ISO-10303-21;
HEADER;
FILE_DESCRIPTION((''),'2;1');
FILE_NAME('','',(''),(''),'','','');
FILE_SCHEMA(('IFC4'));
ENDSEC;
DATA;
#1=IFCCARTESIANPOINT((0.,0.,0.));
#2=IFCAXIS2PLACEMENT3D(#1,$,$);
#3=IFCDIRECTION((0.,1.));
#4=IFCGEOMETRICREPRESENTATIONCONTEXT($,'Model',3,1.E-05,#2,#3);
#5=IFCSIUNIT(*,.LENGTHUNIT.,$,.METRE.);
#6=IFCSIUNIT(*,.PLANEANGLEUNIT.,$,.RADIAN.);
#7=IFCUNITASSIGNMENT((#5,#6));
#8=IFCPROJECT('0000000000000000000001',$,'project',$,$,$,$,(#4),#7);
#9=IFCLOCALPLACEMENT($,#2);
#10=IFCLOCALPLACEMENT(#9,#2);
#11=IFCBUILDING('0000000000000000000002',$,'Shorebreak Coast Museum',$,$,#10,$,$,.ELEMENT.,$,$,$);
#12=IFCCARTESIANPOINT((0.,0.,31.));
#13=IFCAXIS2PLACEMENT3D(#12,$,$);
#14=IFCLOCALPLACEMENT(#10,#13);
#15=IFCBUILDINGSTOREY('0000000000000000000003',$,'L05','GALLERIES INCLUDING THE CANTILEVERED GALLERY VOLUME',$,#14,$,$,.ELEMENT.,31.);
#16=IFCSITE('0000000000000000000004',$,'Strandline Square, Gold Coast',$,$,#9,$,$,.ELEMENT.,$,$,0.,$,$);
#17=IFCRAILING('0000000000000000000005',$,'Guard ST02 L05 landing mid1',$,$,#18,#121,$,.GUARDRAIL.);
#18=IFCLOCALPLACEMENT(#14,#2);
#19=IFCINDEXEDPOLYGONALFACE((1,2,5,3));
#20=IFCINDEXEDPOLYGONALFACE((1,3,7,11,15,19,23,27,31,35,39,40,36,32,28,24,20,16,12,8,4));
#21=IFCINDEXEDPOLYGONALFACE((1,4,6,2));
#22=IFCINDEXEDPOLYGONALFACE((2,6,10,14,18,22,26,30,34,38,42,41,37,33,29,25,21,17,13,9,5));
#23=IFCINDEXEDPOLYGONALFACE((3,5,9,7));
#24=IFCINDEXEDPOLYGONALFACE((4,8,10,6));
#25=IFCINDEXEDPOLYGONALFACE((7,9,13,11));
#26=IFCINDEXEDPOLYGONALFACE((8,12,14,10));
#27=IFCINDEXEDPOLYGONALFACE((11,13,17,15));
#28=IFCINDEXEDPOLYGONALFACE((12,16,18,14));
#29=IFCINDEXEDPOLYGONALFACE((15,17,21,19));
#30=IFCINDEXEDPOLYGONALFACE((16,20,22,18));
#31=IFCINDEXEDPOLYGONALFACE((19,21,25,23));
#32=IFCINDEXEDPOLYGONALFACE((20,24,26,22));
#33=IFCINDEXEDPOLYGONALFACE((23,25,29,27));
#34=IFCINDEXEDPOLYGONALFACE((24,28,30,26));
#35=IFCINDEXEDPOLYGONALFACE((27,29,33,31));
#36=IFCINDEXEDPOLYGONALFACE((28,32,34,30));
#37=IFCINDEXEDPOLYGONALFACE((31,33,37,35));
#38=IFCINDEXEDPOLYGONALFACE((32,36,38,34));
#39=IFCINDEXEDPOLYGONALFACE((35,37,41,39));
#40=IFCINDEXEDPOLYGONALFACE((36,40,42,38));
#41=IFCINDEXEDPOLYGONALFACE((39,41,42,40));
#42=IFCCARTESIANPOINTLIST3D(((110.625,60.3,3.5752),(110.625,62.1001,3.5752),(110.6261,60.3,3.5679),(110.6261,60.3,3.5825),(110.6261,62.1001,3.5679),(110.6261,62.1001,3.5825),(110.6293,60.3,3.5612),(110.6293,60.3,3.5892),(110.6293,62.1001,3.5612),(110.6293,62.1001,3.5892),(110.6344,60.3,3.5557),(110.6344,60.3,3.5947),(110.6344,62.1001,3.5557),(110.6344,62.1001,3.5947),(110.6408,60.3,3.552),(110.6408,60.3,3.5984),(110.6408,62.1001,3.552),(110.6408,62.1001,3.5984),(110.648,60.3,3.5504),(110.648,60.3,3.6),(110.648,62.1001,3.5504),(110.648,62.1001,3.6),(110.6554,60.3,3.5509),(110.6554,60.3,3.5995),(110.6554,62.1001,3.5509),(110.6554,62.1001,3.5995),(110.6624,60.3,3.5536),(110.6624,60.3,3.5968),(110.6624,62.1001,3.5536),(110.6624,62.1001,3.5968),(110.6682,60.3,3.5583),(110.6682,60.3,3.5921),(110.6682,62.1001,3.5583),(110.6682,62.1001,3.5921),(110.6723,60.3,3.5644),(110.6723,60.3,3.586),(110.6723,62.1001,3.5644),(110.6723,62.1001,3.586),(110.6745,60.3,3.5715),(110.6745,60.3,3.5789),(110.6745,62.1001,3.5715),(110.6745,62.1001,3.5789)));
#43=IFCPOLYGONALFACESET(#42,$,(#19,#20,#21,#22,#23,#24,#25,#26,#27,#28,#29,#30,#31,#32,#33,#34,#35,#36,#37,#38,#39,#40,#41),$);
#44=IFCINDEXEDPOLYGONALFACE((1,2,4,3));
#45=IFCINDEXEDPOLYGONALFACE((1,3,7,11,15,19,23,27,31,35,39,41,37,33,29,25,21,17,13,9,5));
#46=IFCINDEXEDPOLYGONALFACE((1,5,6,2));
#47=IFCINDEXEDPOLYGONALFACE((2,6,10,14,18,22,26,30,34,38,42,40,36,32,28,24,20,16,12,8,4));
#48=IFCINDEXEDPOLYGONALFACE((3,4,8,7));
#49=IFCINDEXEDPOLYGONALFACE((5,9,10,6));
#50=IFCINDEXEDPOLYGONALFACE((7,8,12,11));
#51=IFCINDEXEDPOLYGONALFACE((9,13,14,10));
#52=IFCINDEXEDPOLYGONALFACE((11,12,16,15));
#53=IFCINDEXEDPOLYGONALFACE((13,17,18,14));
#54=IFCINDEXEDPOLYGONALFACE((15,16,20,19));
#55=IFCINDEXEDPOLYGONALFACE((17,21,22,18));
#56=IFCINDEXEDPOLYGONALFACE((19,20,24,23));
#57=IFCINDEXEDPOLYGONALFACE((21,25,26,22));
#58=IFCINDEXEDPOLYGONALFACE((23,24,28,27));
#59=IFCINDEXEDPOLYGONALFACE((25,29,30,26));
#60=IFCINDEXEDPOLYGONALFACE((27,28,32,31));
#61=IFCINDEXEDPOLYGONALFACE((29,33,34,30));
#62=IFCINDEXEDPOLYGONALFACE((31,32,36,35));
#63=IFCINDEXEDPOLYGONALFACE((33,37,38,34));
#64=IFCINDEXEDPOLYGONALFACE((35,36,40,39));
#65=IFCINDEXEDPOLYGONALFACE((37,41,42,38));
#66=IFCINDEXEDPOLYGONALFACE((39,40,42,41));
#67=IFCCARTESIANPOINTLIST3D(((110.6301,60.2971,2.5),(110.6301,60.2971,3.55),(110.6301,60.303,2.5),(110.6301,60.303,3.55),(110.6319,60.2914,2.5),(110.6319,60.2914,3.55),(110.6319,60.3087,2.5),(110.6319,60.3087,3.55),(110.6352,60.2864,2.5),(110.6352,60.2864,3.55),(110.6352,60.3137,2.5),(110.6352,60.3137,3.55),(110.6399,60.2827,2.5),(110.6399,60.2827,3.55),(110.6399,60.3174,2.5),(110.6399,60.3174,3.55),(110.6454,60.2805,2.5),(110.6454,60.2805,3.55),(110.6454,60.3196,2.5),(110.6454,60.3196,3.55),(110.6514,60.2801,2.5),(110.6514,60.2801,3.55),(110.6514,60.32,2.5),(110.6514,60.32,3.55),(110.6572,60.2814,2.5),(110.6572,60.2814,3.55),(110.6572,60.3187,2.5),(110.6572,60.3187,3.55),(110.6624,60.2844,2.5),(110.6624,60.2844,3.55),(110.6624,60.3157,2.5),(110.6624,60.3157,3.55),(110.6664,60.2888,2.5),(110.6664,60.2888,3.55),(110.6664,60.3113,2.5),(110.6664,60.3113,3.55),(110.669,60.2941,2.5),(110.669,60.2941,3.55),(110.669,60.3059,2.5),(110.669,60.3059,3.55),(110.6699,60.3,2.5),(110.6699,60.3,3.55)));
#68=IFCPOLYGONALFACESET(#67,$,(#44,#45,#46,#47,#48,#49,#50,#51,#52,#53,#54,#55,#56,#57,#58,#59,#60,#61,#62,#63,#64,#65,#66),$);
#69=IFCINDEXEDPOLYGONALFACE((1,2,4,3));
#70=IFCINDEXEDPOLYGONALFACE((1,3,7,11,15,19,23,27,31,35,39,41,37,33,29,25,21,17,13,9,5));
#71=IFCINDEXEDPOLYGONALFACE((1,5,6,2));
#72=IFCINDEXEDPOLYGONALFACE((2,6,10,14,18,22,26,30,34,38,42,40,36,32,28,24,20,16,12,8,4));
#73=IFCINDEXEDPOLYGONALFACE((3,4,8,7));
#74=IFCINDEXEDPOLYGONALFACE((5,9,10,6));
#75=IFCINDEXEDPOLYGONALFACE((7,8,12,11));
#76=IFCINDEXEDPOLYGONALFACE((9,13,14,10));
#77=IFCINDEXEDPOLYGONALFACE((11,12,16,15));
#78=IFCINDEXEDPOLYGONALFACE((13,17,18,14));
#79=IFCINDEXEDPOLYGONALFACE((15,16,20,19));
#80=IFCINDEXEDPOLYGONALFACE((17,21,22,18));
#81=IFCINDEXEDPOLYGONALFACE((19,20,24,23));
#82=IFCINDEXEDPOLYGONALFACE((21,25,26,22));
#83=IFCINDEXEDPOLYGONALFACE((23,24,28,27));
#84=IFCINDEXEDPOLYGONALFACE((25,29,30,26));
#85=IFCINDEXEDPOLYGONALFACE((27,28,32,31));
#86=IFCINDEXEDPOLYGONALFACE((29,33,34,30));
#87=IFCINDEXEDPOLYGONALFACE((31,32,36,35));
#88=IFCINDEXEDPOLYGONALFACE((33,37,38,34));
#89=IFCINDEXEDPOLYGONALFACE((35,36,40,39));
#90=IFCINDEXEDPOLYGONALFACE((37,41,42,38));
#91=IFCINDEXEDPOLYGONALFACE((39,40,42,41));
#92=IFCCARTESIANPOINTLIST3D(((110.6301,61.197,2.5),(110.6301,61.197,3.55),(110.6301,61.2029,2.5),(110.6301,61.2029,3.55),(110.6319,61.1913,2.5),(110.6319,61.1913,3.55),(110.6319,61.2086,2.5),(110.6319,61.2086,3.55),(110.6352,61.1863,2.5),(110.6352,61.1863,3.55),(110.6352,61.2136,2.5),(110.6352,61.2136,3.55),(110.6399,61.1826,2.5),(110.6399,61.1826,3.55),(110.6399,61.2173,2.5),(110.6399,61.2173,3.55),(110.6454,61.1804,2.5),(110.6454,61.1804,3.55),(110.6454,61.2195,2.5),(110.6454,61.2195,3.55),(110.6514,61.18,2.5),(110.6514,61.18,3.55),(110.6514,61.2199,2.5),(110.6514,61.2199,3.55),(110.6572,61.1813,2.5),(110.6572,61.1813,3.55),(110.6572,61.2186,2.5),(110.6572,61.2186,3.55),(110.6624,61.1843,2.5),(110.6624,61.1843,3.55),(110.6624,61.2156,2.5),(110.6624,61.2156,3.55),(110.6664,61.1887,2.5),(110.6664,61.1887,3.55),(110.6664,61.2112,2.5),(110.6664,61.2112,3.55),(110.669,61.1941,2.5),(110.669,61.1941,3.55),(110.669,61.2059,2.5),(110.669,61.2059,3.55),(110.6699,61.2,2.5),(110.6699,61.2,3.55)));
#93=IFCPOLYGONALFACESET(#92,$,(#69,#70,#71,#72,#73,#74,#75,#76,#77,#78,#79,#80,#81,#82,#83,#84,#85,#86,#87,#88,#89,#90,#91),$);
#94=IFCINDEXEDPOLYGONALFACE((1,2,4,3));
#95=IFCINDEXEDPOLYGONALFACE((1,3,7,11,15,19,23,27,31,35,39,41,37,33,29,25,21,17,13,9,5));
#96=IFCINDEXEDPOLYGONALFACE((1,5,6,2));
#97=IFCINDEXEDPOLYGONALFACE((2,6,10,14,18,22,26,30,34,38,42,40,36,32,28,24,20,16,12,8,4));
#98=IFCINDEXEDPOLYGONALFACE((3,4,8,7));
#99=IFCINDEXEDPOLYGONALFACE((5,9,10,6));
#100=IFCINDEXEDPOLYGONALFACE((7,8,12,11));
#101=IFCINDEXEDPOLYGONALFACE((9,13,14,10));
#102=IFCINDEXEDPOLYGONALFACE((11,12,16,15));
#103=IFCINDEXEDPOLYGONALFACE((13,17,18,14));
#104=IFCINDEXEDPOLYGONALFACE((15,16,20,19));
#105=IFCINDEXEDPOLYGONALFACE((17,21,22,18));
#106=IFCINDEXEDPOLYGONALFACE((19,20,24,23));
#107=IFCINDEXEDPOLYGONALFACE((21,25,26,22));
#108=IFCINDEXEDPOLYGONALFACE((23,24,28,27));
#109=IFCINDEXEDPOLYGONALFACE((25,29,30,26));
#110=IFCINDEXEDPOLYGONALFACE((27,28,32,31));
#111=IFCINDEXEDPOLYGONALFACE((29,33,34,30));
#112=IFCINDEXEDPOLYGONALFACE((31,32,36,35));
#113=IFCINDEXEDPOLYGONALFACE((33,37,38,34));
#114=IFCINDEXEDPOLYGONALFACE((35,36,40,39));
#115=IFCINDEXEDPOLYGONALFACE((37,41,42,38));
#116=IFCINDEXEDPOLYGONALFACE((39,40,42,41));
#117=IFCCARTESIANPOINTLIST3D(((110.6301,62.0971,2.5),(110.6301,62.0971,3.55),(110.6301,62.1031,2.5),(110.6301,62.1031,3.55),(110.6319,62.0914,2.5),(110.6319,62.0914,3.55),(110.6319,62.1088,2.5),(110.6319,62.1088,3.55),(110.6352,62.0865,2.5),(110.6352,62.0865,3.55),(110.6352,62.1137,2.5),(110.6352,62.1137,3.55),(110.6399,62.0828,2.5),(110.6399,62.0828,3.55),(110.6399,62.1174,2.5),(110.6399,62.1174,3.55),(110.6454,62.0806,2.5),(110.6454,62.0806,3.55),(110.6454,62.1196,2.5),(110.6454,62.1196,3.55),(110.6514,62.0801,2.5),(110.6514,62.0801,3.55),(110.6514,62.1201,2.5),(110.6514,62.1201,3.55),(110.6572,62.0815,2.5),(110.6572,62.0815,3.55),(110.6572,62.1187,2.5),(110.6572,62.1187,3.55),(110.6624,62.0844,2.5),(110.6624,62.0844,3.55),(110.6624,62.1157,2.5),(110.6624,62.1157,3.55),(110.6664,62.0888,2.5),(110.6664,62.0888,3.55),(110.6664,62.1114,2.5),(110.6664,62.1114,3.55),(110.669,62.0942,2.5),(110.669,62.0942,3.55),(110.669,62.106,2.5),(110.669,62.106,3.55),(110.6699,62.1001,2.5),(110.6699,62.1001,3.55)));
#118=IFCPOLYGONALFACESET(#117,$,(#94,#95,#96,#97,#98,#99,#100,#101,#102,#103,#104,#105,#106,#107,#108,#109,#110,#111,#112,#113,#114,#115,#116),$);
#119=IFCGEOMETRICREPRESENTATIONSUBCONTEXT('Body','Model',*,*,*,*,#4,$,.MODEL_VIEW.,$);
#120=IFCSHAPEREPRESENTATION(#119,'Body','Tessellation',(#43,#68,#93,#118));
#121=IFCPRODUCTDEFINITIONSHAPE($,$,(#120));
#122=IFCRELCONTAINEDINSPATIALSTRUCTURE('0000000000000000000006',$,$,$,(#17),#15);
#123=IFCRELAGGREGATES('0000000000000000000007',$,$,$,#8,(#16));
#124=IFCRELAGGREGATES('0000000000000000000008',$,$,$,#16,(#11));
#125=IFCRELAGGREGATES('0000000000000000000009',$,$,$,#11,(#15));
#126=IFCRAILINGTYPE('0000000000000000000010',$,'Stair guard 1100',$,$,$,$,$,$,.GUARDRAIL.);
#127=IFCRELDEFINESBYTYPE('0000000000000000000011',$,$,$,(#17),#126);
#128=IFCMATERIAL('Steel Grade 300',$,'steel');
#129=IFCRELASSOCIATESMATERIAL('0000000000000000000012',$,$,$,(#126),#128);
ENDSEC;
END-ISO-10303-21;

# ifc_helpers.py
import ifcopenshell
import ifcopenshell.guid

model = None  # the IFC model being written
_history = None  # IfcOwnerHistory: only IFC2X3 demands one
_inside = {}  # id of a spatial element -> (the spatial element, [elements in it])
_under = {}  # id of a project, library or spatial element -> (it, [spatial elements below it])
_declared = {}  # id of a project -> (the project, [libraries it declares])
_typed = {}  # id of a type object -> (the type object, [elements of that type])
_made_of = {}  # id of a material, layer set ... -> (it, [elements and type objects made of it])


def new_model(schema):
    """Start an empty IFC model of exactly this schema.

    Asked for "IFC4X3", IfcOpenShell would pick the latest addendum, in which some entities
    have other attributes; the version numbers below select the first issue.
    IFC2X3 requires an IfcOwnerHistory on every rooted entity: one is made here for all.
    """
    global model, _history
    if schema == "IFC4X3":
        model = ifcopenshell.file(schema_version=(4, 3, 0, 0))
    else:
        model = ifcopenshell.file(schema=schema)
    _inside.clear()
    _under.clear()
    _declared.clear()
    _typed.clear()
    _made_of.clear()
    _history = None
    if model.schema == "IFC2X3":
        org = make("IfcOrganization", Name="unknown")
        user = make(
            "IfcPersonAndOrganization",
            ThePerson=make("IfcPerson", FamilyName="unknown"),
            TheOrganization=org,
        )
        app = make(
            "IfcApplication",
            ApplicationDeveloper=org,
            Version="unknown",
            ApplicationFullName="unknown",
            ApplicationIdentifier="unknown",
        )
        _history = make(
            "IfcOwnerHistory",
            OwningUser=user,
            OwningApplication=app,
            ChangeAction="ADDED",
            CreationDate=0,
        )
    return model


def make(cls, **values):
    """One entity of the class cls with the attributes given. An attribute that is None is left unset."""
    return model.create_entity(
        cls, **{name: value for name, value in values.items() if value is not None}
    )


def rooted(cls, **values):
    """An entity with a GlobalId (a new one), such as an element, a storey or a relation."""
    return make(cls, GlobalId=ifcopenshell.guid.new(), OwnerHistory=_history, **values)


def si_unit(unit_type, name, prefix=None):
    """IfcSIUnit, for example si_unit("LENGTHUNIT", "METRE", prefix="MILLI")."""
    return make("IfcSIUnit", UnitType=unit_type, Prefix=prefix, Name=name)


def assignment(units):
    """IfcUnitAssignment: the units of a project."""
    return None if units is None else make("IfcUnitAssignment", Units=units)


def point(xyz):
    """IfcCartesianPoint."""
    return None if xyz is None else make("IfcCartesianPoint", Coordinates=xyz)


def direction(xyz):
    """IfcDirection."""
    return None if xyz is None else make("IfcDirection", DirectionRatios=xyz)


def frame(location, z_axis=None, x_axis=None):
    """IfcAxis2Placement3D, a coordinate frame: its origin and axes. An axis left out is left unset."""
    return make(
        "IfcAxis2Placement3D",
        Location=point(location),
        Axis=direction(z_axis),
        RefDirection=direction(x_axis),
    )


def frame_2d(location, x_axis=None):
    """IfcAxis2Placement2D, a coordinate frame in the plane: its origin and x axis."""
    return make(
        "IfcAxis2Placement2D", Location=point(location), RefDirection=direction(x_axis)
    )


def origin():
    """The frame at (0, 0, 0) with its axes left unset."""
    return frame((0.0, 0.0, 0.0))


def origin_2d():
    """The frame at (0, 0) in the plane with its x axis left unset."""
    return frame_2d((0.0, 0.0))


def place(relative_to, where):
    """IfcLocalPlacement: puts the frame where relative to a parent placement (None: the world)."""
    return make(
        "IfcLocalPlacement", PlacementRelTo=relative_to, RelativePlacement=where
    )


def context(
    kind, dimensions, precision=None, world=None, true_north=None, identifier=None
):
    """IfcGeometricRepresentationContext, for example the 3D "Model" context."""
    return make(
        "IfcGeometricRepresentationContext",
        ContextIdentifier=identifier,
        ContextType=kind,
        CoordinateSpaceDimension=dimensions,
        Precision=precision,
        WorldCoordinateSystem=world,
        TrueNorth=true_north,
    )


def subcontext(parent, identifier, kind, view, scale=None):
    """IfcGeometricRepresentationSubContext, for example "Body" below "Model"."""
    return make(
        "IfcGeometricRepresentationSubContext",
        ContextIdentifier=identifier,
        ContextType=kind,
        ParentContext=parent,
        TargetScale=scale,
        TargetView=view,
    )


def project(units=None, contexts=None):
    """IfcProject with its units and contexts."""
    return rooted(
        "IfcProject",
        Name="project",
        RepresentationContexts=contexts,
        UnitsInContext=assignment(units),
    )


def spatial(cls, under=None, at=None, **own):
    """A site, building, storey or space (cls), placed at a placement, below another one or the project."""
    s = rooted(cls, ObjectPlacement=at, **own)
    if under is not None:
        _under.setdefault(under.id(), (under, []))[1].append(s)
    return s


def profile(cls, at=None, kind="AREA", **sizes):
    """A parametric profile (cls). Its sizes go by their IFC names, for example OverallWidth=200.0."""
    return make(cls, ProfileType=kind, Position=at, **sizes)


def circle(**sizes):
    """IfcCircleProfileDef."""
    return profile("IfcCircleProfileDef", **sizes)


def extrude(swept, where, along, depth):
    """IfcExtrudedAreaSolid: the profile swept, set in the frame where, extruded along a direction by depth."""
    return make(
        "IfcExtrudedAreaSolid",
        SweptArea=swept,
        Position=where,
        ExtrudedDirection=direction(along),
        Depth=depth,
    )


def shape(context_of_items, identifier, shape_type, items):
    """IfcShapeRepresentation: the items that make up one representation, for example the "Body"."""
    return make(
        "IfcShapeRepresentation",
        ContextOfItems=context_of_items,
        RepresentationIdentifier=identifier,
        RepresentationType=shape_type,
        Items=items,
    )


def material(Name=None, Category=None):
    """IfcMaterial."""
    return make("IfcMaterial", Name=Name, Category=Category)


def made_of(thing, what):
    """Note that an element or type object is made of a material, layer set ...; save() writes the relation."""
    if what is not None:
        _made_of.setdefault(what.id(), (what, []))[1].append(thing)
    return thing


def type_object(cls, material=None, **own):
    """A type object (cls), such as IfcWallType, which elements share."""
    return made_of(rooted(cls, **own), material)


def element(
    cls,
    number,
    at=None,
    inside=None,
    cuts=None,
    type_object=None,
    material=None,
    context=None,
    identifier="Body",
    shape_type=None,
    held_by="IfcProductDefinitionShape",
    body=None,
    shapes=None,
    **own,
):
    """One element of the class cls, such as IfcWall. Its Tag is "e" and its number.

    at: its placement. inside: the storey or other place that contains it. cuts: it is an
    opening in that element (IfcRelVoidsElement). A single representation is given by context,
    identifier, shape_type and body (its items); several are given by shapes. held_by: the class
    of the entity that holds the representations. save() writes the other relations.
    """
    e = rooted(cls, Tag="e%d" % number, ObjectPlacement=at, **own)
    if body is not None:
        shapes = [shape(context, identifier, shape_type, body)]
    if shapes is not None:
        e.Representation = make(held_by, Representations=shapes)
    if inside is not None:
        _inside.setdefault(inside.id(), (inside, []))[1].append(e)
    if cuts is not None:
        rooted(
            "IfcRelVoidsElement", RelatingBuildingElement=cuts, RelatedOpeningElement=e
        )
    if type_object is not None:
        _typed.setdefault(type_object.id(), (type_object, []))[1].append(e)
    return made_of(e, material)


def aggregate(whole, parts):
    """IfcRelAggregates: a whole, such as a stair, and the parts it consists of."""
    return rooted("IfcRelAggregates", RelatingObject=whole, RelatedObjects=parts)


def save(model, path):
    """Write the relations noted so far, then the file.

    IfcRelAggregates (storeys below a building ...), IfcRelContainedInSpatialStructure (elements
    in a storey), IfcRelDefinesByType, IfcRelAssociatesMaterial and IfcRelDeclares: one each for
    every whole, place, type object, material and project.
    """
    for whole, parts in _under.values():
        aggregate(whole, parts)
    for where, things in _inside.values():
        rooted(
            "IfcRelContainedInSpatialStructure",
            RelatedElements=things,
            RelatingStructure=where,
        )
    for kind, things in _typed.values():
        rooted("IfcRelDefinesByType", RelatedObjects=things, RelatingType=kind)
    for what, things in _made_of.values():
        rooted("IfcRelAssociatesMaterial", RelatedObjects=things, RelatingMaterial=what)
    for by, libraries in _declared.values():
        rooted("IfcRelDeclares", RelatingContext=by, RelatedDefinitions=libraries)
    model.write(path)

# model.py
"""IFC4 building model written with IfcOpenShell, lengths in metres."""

from ifc_helpers import new_model, si_unit, direction, frame, origin, origin_2d, place, context, subcontext, project, spatial, circle, extrude, material, type_object, element, save


model = new_model("IFC4")

# Units and contexts
model_context = context("Model", 3, precision=1e-05, world=origin(), true_north=direction((0.0, 1.0)))
body_context = subcontext(model_context, "Body", "Model", "MODEL_VIEW")
ifc_project = project(units=[si_unit("LENGTHUNIT", "METRE"), si_unit("PLANEANGLEUNIT", "RADIAN")], contexts=[model_context])

# Site, building, storey
site_placement = place(None, origin())
site = spatial("IfcSite", under=ifc_project, at=site_placement, Name="Strandline Square, Gold Coast", CompositionType="ELEMENT", RefElevation=0.0)
building_placement = place(site_placement, origin())
building = spatial("IfcBuilding", under=site, at=building_placement, Name="Shorebreak Coast Museum", CompositionType="ELEMENT")
storey_placement = place(building_placement, frame((0.0, 0.0, 31.0)))
storey = spatial("IfcBuildingStorey", under=building, at=storey_placement, Name="L05", Description="GALLERIES INCLUDING THE CANTILEVERED GALLERY VOLUME", CompositionType="ELEMENT", Elevation=31.0)

# Railing
ifc_material_1 = material(Name="Steel Grade 300", Category="steel")
railing_type_1 = type_object("IfcRailingType", Name="Stair guard 1100", PredefinedType="GUARDRAIL", material=ifc_material_1)
for number, where, name in (
    (1, (110.6499, 60.3, 2.5), "Guard ST02 L05 landing mid1"),
):
    element("IfcRailing", number, at=place(storey_placement, frame(where)), inside=storey, type_object=railing_type_1, Name=name, PredefinedType="GUARDRAIL", context=body_context, shape_type="SweptSolid", body=[
        extrude(circle(Radius=0.0249, at=origin_2d()), frame((0.0, 0.0, 1.0752), z_axis=(0.0, 1.0, 0.0), x_axis=(-1.0, 0.0, 0.0)), (0.0, 0.0, 1.0), 1.8),
        extrude(circle(Radius=0.02, at=origin_2d()), origin(), (0.0, 0.0, 1.0), 1.05),
        extrude(circle(Radius=0.02, at=origin_2d()), frame((0.0, 0.8999, 0.0)), (0.0, 0.0, 1.0), 1.05),
        extrude(circle(Radius=0.02, at=origin_2d()), frame((0.0, 1.8, 0.0)), (0.0, 0.0, 1.0), 1.05),
    ])

save(model, "model.ifc")
